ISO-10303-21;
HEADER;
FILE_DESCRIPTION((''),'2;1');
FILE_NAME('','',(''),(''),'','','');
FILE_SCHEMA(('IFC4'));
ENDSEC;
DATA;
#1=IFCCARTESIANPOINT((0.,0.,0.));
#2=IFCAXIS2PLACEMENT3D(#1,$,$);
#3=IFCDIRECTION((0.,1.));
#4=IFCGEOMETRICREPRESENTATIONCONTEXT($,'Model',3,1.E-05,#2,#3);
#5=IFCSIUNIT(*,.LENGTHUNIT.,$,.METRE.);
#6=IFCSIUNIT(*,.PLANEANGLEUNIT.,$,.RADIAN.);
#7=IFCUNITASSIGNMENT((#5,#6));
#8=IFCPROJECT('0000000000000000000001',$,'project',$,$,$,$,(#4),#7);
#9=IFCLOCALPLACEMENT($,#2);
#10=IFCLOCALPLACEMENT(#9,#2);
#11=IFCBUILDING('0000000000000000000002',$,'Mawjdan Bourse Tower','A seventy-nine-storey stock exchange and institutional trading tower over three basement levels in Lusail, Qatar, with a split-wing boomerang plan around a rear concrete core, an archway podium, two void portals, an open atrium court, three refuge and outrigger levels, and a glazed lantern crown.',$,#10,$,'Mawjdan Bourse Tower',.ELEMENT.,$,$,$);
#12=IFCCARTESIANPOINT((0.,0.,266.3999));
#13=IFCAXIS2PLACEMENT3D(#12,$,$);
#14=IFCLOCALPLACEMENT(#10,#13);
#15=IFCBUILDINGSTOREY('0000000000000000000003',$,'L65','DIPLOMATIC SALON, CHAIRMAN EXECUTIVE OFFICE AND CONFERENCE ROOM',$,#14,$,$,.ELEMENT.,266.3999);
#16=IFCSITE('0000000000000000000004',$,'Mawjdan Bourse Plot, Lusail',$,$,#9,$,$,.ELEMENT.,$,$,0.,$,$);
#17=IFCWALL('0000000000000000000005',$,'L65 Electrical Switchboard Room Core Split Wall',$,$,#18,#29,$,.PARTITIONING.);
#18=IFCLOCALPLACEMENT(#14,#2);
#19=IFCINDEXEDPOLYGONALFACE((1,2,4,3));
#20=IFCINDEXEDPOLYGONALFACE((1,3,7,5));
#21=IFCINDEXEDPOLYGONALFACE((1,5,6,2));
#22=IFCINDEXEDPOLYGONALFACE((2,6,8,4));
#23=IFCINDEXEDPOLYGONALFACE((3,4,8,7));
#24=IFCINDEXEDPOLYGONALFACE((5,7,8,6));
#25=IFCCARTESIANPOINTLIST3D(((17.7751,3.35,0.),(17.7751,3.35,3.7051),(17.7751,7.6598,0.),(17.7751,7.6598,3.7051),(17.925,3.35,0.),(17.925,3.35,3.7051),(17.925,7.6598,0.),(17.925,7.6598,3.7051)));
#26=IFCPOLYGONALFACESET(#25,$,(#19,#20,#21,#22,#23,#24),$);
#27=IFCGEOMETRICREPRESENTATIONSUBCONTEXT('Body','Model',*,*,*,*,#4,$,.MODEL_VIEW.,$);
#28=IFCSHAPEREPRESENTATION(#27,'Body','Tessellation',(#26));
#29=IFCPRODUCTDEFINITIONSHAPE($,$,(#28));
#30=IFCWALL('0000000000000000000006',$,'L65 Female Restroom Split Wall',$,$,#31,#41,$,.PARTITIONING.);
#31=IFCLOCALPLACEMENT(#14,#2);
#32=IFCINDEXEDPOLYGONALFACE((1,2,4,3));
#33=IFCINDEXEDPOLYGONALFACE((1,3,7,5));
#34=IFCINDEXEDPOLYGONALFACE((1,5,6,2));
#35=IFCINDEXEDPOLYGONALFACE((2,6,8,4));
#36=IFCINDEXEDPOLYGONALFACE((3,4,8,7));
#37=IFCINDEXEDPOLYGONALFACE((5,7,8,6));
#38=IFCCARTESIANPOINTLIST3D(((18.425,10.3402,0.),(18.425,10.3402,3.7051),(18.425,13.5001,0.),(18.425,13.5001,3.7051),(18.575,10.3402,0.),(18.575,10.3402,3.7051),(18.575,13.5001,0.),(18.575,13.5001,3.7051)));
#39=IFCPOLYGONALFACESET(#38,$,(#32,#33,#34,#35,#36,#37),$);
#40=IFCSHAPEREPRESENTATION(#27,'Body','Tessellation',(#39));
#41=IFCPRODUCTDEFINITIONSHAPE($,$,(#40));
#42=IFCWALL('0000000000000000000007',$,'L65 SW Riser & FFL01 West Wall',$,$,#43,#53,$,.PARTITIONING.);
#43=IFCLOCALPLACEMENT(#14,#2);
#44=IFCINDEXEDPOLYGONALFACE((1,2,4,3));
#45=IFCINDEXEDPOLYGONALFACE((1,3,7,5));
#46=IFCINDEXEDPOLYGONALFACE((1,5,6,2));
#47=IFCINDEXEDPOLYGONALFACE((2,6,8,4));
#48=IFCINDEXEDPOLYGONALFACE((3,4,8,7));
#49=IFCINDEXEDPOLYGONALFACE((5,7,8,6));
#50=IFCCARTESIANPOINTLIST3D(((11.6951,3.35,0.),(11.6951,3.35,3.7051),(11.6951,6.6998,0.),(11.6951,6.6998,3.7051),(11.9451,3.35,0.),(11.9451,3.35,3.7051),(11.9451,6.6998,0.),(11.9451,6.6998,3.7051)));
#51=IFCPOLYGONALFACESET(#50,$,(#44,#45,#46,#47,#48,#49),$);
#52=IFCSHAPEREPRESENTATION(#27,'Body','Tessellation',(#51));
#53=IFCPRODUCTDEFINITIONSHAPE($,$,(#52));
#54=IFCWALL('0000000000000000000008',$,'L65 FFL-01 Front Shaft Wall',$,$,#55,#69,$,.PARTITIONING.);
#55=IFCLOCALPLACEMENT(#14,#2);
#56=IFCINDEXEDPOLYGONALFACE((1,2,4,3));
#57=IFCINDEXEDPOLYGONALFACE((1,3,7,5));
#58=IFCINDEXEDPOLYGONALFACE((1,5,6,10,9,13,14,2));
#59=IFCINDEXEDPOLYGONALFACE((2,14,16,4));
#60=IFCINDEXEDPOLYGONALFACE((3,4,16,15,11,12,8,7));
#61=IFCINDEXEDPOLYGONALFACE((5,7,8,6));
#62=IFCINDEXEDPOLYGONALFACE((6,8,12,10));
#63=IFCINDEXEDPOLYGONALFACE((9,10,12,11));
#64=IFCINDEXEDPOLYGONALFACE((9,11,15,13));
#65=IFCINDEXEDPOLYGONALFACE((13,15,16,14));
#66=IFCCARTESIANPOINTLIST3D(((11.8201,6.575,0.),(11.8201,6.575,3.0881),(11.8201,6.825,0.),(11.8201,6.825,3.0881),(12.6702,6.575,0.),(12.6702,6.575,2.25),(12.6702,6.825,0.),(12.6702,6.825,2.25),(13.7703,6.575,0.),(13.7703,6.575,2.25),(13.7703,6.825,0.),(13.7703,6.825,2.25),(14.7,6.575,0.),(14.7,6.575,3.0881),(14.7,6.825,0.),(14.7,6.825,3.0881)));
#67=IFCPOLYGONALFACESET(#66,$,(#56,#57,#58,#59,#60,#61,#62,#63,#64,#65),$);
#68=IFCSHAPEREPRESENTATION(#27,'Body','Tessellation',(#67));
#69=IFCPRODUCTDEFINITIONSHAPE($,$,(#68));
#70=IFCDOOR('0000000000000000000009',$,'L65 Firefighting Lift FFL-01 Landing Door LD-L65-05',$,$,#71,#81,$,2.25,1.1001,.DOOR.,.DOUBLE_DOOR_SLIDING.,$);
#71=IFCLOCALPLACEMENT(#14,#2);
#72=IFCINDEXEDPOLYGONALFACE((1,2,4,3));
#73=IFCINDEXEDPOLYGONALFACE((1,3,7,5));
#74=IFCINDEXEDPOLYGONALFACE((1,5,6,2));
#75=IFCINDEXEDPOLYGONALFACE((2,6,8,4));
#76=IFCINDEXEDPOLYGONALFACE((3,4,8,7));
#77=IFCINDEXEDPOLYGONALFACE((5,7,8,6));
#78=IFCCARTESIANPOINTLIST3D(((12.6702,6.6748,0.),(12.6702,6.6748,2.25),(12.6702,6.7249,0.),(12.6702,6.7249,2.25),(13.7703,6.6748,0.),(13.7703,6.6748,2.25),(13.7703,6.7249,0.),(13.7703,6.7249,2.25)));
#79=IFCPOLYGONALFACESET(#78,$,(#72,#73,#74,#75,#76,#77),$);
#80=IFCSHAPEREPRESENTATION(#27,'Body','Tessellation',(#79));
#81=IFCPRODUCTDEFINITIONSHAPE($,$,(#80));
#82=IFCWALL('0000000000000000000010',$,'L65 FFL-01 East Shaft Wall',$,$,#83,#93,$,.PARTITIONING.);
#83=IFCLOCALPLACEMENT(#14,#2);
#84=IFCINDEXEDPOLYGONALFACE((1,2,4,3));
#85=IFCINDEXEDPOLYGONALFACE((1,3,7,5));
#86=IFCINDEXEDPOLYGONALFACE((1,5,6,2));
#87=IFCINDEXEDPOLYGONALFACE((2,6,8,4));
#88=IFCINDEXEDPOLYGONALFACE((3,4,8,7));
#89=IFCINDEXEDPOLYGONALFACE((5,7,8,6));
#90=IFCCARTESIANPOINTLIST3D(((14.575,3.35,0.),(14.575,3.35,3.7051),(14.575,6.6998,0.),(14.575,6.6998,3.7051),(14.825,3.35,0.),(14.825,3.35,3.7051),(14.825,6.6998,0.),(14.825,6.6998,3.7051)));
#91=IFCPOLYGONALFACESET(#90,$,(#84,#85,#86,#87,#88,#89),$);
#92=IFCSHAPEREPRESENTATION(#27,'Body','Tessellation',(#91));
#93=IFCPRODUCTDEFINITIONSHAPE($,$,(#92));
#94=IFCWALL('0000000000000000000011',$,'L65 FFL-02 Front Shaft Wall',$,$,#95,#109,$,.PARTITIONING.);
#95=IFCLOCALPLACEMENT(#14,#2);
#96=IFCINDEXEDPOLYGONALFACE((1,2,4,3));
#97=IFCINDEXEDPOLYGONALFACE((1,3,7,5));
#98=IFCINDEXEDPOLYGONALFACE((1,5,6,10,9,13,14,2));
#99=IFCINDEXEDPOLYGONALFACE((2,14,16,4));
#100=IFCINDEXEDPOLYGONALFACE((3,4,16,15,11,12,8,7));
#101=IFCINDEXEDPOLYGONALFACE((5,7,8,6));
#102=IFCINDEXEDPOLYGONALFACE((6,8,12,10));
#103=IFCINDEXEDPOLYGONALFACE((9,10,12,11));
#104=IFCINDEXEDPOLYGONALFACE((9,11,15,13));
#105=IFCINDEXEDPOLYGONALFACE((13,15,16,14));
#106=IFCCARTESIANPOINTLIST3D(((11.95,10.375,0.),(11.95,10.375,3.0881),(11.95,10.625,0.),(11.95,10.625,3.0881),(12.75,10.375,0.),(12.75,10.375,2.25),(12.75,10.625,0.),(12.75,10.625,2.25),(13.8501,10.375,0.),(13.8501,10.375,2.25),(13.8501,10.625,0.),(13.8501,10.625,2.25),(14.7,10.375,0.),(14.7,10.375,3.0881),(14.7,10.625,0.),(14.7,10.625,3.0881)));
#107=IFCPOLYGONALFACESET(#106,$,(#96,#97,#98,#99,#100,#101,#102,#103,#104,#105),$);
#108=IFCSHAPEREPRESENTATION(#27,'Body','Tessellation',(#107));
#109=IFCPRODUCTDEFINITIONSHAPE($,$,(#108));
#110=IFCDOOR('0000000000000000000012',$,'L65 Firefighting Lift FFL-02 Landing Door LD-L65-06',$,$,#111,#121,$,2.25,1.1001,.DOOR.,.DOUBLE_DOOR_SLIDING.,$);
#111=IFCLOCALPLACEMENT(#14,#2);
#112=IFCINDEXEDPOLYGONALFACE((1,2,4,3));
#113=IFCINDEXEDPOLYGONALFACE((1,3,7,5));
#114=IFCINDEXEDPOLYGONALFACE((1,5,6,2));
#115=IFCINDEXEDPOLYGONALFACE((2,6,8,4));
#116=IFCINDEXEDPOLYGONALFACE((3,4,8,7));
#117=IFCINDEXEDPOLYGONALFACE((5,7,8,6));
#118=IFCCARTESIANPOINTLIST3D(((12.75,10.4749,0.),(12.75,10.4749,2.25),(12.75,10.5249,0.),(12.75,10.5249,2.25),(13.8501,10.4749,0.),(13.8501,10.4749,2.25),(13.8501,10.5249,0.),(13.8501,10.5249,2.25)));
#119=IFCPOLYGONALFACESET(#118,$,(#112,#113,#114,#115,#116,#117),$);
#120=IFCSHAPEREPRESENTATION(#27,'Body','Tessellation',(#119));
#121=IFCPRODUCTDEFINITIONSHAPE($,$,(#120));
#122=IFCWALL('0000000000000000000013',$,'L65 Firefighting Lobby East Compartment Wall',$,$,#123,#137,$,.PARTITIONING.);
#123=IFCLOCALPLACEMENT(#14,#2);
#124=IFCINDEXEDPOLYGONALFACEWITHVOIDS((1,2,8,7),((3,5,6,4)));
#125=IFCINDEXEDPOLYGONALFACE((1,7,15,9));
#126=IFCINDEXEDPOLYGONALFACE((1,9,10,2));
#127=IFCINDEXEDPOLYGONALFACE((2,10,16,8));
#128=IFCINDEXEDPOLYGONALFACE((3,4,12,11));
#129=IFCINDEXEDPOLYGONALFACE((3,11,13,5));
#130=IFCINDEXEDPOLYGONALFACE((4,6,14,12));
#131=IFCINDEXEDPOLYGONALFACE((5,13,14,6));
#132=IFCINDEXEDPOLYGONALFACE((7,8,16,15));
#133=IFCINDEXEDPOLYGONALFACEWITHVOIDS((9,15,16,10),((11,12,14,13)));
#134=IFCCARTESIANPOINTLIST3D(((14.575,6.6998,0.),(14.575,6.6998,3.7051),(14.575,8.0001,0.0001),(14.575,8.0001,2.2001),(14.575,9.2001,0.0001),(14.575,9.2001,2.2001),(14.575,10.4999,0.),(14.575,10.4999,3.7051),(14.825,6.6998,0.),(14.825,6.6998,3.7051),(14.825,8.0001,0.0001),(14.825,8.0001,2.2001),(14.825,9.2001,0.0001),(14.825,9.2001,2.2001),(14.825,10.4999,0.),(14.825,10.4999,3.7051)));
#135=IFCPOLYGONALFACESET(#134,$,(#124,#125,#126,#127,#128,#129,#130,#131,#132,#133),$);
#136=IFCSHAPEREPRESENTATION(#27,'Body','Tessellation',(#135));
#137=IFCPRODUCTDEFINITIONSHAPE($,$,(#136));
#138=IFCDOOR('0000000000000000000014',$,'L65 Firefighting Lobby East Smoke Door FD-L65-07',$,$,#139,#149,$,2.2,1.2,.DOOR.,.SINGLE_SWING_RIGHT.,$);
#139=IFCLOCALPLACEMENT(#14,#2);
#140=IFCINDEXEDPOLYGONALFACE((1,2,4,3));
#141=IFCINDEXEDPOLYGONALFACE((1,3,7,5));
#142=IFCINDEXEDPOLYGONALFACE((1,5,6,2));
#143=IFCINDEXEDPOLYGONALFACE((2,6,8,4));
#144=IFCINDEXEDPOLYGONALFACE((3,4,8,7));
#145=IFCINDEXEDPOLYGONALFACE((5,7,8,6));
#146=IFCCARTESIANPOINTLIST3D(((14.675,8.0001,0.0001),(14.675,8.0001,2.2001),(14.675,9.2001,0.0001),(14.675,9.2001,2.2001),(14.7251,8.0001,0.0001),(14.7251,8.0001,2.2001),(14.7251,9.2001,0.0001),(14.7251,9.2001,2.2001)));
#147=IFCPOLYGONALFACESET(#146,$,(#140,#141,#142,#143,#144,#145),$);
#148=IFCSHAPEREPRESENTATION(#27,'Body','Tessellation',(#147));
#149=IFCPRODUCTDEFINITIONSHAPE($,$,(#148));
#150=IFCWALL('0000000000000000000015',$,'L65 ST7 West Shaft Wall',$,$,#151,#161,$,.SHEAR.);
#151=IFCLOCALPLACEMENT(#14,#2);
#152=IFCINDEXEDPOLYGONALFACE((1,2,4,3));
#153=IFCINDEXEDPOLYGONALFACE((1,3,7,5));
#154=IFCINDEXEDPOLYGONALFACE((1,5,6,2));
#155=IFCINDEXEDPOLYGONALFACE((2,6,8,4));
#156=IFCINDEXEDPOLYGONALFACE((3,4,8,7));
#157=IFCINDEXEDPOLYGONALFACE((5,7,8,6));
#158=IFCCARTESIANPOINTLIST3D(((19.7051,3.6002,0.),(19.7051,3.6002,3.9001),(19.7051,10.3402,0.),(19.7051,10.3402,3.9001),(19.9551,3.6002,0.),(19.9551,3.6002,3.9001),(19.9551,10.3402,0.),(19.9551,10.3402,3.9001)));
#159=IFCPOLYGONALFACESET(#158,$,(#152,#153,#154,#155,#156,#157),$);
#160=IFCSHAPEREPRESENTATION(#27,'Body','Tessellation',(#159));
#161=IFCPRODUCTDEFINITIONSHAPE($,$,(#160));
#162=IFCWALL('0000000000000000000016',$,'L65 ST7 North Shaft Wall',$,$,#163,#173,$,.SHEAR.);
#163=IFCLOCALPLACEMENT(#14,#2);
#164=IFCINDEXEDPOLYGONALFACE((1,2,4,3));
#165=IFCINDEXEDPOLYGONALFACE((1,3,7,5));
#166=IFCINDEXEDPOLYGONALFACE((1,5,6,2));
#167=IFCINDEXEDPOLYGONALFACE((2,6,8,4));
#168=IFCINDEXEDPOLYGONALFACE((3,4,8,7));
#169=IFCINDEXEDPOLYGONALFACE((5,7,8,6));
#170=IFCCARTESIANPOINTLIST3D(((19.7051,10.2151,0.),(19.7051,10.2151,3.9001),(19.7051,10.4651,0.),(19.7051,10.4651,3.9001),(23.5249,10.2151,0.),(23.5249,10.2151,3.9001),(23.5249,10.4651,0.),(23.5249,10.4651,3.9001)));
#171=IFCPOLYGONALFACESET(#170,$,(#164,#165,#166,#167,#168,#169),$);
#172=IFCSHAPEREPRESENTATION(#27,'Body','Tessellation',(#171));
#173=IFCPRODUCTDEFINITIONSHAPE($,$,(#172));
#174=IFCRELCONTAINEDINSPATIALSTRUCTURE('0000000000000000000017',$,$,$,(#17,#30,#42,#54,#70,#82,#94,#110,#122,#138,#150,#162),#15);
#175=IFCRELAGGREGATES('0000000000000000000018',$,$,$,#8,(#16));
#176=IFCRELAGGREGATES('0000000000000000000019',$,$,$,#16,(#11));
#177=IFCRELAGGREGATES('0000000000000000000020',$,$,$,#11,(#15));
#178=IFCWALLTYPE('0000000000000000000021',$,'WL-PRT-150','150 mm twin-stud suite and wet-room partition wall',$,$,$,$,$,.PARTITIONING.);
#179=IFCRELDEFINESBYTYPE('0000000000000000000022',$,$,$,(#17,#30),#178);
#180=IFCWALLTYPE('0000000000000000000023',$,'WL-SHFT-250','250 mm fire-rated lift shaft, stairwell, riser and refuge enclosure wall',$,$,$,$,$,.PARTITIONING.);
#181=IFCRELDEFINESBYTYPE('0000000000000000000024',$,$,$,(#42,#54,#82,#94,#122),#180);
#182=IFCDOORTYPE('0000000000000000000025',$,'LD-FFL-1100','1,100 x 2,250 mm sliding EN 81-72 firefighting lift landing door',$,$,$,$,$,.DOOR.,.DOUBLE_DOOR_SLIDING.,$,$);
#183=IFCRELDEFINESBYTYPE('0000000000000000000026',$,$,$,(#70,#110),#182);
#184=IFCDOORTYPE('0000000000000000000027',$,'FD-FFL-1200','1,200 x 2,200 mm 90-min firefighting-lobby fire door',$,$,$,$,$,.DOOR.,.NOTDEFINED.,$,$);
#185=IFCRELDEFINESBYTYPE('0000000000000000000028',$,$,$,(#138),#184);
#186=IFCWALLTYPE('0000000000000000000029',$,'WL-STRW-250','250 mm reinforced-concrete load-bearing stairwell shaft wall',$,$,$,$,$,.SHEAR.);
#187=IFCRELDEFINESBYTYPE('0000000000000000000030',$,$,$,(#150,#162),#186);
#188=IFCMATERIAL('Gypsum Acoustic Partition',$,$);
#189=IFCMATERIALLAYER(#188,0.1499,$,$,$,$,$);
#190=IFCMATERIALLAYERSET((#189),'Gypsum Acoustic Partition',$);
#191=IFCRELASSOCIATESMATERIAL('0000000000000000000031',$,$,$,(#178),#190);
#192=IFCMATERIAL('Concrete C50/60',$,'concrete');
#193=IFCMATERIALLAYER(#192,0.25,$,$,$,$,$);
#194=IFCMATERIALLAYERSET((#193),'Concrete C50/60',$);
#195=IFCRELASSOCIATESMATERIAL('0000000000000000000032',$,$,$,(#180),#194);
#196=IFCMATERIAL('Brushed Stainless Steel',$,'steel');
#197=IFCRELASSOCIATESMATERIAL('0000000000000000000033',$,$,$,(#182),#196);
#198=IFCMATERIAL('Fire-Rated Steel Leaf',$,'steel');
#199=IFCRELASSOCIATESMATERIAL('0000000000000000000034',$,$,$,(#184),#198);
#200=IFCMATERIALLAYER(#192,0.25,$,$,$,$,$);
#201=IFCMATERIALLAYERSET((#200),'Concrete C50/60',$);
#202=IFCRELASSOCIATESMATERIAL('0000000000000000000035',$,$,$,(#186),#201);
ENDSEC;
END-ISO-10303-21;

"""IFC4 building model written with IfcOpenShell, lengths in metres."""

from ifc_helpers import new_model, si_unit, direction, frame, frame_2d, origin, place, context, subcontext, project, spatial, rectangle, extrude, material, layer, layer_set, type_object, element, fill, save


model = new_model("IFC4")

# Units and contexts
model_context = context("Model", 3, precision=1e-05, world=origin(), true_north=direction((0.0, 1.0)))
body_context = subcontext(model_context, "Body", "Model", "MODEL_VIEW")
ifc_project = project(units=[si_unit("LENGTHUNIT", "METRE"), si_unit("PLANEANGLEUNIT", "RADIAN")], contexts=[model_context])

# Site, building, storey
site_placement = place(None, origin())
site = spatial("IfcSite", under=ifc_project, at=site_placement, Name="Mawjdan Bourse Plot, Lusail", CompositionType="ELEMENT", RefElevation=0.0)
building_placement = place(site_placement, origin())
building = spatial("IfcBuilding", under=site, at=building_placement, Name="Mawjdan Bourse Tower", Description="A seventy-nine-storey stock exchange and institutional trading tower over three basement levels in Lusail, Qatar, with a split-wing boomerang plan around a rear concrete core, an archway podium, two void portals, an open atrium court, three refuge and outrigger levels, and a glazed lantern crown.", LongName="Mawjdan Bourse Tower", CompositionType="ELEMENT")
storey_placement = place(building_placement, frame((0.0, 0.0, 266.3999)))
storey = spatial("IfcBuildingStorey", under=building, at=storey_placement, Name="L65", Description="DIPLOMATIC SALON, CHAIRMAN EXECUTIVE OFFICE AND CONFERENCE ROOM", CompositionType="ELEMENT", Elevation=266.3999)

# Walls
ifc_material_1 = material(Name="Gypsum Acoustic Partition")
ifc_layer_1 = layer(ifc_material_1, 0.1499)
ifc_layer_set_1 = layer_set([ifc_layer_1], Name="Gypsum Acoustic Partition")
wall_type_1 = type_object("IfcWallType", Name="WL-PRT-150", Description="150 mm twin-stud suite and wet-room partition wall", PredefinedType="PARTITIONING", material=ifc_layer_set_1)
wall_1_placement = place(storey_placement, frame((17.8501, 3.3501, 0.0), z_axis=(0.0, 0.0, 1.0), x_axis=(0.0, 1.0, 0.0)))
element("IfcWall", 1, at=wall_1_placement, inside=storey, type_object=wall_type_1, Name="L65 Electrical Switchboard Room Core Split Wall", PredefinedType="PARTITIONING", context=body_context, shape_type="SweptSolid", body=[
    extrude(rectangle(XDim=4.3098, YDim=0.1499, at=frame_2d((2.1548, 0.0))), origin(), (0.0, 0.0, 1.0), 3.7051),
])
wall_2_placement = place(storey_placement, frame((18.5, 10.3401, 0.0), z_axis=(0.0, 0.0, 1.0), x_axis=(0.0, 1.0, 0.0)))
element("IfcWall", 2, at=wall_2_placement, inside=storey, type_object=wall_type_1, Name="L65 Female Restroom Split Wall", PredefinedType="PARTITIONING", context=body_context, shape_type="SweptSolid", body=[
    extrude(rectangle(XDim=3.1599, YDim=0.1499, at=frame_2d((1.5801, 0.0))), origin(), (0.0, 0.0, 1.0), 3.7051),
])
ifc_material_2 = material(Name="Concrete C50/60", Category="concrete")
ifc_layer_2 = layer(ifc_material_2, 0.25)
ifc_layer_set_2 = layer_set([ifc_layer_2], Name="Concrete C50/60")
wall_type_2 = type_object("IfcWallType", Name="WL-SHFT-250", Description="250 mm fire-rated lift shaft, stairwell, riser and refuge enclosure wall", PredefinedType="PARTITIONING", material=ifc_layer_set_2)
wall_3_placement = place(storey_placement, frame((11.8201, 3.3501, 0.0), z_axis=(0.0, 0.0, 1.0), x_axis=(0.0, 1.0, 0.0)))
element("IfcWall", 3, at=wall_3_placement, inside=storey, type_object=wall_type_2, Name="L65 SW Riser & FFL01 West Wall", PredefinedType="PARTITIONING", context=body_context, shape_type="SweptSolid", body=[
    extrude(rectangle(XDim=3.3499, YDim=0.25, at=frame_2d((1.6748, 0.0))), origin(), (0.0, 0.0, 1.0), 3.7051),
])

# Wall, opening, door
wall_4_placement = place(storey_placement, frame((11.8201, 6.7, 0.0), z_axis=(0.0, 0.0, 1.0), x_axis=(1.0, 0.0, 0.0)))
wall_4 = element("IfcWall", 4, at=wall_4_placement, inside=storey, type_object=wall_type_2, Name="L65 FFL-01 Front Shaft Wall", PredefinedType="PARTITIONING", context=body_context, shape_type="SweptSolid", body=[
    extrude(rectangle(XDim=2.8799, YDim=0.25, at=frame_2d((1.4399, 0.0))), origin(), (0.0, 0.0, 1.0), 3.0881),
])
opening_1_placement = place(wall_4_placement, frame((0.8501, 0.0, 0.0)))
opening_1 = element("IfcOpeningElement", 5, at=opening_1_placement, cuts=wall_4, PredefinedType="OPENING", context=body_context, shape_type="SweptSolid", body=[
    extrude(rectangle(XDim=1.1001, YDim=2.25, at=frame_2d((0.55, 1.125))), frame((0.0, 0.135, 0.0), z_axis=(0.0, -1.0, 0.0), x_axis=(1.0, 0.0, 0.0)), (0.0, 0.0, 1.0), 0.27),
])
ifc_material_3 = material(Name="Brushed Stainless Steel", Category="steel")
door_type_1 = type_object("IfcDoorType", Name="LD-FFL-1100", Description="1,100 x 2,250 mm sliding EN 81-72 firefighting lift landing door", OperationType="DOUBLE_DOOR_SLIDING", PredefinedType="DOOR", material=ifc_material_3)
door_1_placement = place(opening_1_placement, origin())
door_1 = element("IfcDoor", 6, at=door_1_placement, inside=storey, type_object=door_type_1, Name="L65 Firefighting Lift FFL-01 Landing Door LD-L65-05", OperationType="DOUBLE_DOOR_SLIDING", OverallHeight=2.25, OverallWidth=1.1001, PredefinedType="DOOR", context=body_context, shape_type="SweptSolid", body=[
    extrude(rectangle(XDim=1.1001, YDim=2.25, at=frame_2d((0.55, 1.125))), frame((0.0, 0.0249, 0.0), z_axis=(0.0, -1.0, 0.0), x_axis=(1.0, 0.0, 0.0)), (0.0, 0.0, 1.0), 0.05),
])
fill(opening_1, door_1)

# Wall
wall_5_placement = place(storey_placement, frame((14.7, 3.3501, 0.0), z_axis=(0.0, 0.0, 1.0), x_axis=(0.0, 1.0, 0.0)))
element("IfcWall", 7, at=wall_5_placement, inside=storey, type_object=wall_type_2, Name="L65 FFL-01 East Shaft Wall", PredefinedType="PARTITIONING", context=body_context, shape_type="SweptSolid", body=[
    extrude(rectangle(XDim=3.3499, YDim=0.25, at=frame_2d((1.6748, 0.0))), origin(), (0.0, 0.0, 1.0), 3.7051),
])

# Walls, openings, doors
wall_6_placement = place(storey_placement, frame((11.95, 10.5, 0.0), z_axis=(0.0, 0.0, 1.0), x_axis=(1.0, 0.0, 0.0)))
wall_6 = element("IfcWall", 8, at=wall_6_placement, inside=storey, type_object=wall_type_2, Name="L65 FFL-02 Front Shaft Wall", PredefinedType="PARTITIONING", context=body_context, shape_type="SweptSolid", body=[
    extrude(rectangle(XDim=2.75, YDim=0.25, at=frame_2d((1.375, 0.0))), origin(), (0.0, 0.0, 1.0), 3.0881),
])
opening_2_placement = place(wall_6_placement, frame((0.8, 0.0, 0.0)))
opening_2 = element("IfcOpeningElement", 9, at=opening_2_placement, cuts=wall_6, PredefinedType="OPENING", context=body_context, shape_type="SweptSolid", body=[
    extrude(rectangle(XDim=1.1001, YDim=2.25, at=frame_2d((0.55, 1.125))), frame((0.0, 0.135, 0.0), z_axis=(0.0, -1.0, 0.0), x_axis=(1.0, 0.0, 0.0)), (0.0, 0.0, 1.0), 0.27),
])
door_2_placement = place(opening_2_placement, origin())
door_2 = element("IfcDoor", 10, at=door_2_placement, inside=storey, type_object=door_type_1, Name="L65 Firefighting Lift FFL-02 Landing Door LD-L65-06", OperationType="DOUBLE_DOOR_SLIDING", OverallHeight=2.25, OverallWidth=1.1001, PredefinedType="DOOR", context=body_context, shape_type="SweptSolid", body=[
    extrude(rectangle(XDim=1.1001, YDim=2.25, at=frame_2d((0.55, 1.125))), frame((0.0, 0.0249, 0.0), z_axis=(0.0, -1.0, 0.0), x_axis=(1.0, 0.0, 0.0)), (0.0, 0.0, 1.0), 0.05),
])
fill(opening_2, door_2)
wall_7_placement = place(storey_placement, frame((14.7, 6.7, 0.0), z_axis=(0.0, 0.0, 1.0), x_axis=(0.0, 1.0, 0.0)))
wall_7 = element("IfcWall", 11, at=wall_7_placement, inside=storey, type_object=wall_type_2, Name="L65 Firefighting Lobby East Compartment Wall", PredefinedType="PARTITIONING", context=body_context, shape_type="SweptSolid", body=[
    extrude(rectangle(XDim=3.8, YDim=0.25, at=frame_2d((1.8999, 0.0))), origin(), (0.0, 0.0, 1.0), 3.7051),
])
opening_3_placement = place(wall_7_placement, frame((1.3, 0.0, 0.0)))
opening_3 = element("IfcOpeningElement", 12, at=opening_3_placement, cuts=wall_7, PredefinedType="OPENING", context=body_context, shape_type="SweptSolid", body=[
    extrude(rectangle(XDim=1.2, YDim=2.2, at=frame_2d((0.6001, 1.1001))), frame((0.0, 0.135, 0.0), z_axis=(0.0, -1.0, 0.0), x_axis=(1.0, 0.0, 0.0)), (0.0, 0.0, 1.0), 0.27),
])
ifc_material_4 = material(Name="Fire-Rated Steel Leaf", Category="steel")
door_type_2 = type_object("IfcDoorType", Name="FD-FFL-1200", Description="1,200 x 2,200 mm 90-min firefighting-lobby fire door", OperationType="NOTDEFINED", PredefinedType="DOOR", material=ifc_material_4)
door_3_placement = place(opening_3_placement, origin())
door_3 = element("IfcDoor", 13, at=door_3_placement, inside=storey, type_object=door_type_2, Name="L65 Firefighting Lobby East Smoke Door FD-L65-07", OperationType="SINGLE_SWING_RIGHT", OverallHeight=2.2, OverallWidth=1.2, PredefinedType="DOOR", context=body_context, shape_type="SweptSolid", body=[
    extrude(rectangle(XDim=1.2, YDim=2.2, at=frame_2d((0.6001, 1.1001))), frame((0.0, 0.0249, 0.0), z_axis=(0.0, -1.0, 0.0), x_axis=(1.0, 0.0, 0.0)), (0.0, 0.0, 1.0), 0.05),
])
fill(opening_3, door_3)

# Walls
ifc_layer_3 = layer(ifc_material_2, 0.25)
ifc_layer_set_3 = layer_set([ifc_layer_3], Name="Concrete C50/60")
wall_type_3 = type_object("IfcWallType", Name="WL-STRW-250", Description="250 mm reinforced-concrete load-bearing stairwell shaft wall", PredefinedType="SHEAR", material=ifc_layer_set_3)
wall_8_placement = place(storey_placement, frame((19.8301, 3.6001, 0.0), z_axis=(0.0, 0.0, 1.0), x_axis=(0.0, 1.0, 0.0)))
element("IfcWall", 14, at=wall_8_placement, inside=storey, type_object=wall_type_3, Name="L65 ST7 West Shaft Wall", PredefinedType="SHEAR", context=body_context, shape_type="SweptSolid", body=[
    extrude(rectangle(XDim=6.74, YDim=0.25, at=frame_2d((3.3701, 0.0))), origin(), (0.0, 0.0, 1.0), 3.9001),
])
wall_9_placement = place(storey_placement, frame((19.7051, 10.3401, 0.0), z_axis=(0.0, 0.0, 1.0), x_axis=(1.0, 0.0, 0.0)))
element("IfcWall", 15, at=wall_9_placement, inside=storey, type_object=wall_type_3, Name="L65 ST7 North Shaft Wall", PredefinedType="SHEAR", context=body_context, shape_type="SweptSolid", body=[
    extrude(rectangle(XDim=3.8198, YDim=0.25, at=frame_2d((1.9099, 0.0))), origin(), (0.0, 0.0, 1.0), 3.9001),
])

save(model, "model.ifc")
